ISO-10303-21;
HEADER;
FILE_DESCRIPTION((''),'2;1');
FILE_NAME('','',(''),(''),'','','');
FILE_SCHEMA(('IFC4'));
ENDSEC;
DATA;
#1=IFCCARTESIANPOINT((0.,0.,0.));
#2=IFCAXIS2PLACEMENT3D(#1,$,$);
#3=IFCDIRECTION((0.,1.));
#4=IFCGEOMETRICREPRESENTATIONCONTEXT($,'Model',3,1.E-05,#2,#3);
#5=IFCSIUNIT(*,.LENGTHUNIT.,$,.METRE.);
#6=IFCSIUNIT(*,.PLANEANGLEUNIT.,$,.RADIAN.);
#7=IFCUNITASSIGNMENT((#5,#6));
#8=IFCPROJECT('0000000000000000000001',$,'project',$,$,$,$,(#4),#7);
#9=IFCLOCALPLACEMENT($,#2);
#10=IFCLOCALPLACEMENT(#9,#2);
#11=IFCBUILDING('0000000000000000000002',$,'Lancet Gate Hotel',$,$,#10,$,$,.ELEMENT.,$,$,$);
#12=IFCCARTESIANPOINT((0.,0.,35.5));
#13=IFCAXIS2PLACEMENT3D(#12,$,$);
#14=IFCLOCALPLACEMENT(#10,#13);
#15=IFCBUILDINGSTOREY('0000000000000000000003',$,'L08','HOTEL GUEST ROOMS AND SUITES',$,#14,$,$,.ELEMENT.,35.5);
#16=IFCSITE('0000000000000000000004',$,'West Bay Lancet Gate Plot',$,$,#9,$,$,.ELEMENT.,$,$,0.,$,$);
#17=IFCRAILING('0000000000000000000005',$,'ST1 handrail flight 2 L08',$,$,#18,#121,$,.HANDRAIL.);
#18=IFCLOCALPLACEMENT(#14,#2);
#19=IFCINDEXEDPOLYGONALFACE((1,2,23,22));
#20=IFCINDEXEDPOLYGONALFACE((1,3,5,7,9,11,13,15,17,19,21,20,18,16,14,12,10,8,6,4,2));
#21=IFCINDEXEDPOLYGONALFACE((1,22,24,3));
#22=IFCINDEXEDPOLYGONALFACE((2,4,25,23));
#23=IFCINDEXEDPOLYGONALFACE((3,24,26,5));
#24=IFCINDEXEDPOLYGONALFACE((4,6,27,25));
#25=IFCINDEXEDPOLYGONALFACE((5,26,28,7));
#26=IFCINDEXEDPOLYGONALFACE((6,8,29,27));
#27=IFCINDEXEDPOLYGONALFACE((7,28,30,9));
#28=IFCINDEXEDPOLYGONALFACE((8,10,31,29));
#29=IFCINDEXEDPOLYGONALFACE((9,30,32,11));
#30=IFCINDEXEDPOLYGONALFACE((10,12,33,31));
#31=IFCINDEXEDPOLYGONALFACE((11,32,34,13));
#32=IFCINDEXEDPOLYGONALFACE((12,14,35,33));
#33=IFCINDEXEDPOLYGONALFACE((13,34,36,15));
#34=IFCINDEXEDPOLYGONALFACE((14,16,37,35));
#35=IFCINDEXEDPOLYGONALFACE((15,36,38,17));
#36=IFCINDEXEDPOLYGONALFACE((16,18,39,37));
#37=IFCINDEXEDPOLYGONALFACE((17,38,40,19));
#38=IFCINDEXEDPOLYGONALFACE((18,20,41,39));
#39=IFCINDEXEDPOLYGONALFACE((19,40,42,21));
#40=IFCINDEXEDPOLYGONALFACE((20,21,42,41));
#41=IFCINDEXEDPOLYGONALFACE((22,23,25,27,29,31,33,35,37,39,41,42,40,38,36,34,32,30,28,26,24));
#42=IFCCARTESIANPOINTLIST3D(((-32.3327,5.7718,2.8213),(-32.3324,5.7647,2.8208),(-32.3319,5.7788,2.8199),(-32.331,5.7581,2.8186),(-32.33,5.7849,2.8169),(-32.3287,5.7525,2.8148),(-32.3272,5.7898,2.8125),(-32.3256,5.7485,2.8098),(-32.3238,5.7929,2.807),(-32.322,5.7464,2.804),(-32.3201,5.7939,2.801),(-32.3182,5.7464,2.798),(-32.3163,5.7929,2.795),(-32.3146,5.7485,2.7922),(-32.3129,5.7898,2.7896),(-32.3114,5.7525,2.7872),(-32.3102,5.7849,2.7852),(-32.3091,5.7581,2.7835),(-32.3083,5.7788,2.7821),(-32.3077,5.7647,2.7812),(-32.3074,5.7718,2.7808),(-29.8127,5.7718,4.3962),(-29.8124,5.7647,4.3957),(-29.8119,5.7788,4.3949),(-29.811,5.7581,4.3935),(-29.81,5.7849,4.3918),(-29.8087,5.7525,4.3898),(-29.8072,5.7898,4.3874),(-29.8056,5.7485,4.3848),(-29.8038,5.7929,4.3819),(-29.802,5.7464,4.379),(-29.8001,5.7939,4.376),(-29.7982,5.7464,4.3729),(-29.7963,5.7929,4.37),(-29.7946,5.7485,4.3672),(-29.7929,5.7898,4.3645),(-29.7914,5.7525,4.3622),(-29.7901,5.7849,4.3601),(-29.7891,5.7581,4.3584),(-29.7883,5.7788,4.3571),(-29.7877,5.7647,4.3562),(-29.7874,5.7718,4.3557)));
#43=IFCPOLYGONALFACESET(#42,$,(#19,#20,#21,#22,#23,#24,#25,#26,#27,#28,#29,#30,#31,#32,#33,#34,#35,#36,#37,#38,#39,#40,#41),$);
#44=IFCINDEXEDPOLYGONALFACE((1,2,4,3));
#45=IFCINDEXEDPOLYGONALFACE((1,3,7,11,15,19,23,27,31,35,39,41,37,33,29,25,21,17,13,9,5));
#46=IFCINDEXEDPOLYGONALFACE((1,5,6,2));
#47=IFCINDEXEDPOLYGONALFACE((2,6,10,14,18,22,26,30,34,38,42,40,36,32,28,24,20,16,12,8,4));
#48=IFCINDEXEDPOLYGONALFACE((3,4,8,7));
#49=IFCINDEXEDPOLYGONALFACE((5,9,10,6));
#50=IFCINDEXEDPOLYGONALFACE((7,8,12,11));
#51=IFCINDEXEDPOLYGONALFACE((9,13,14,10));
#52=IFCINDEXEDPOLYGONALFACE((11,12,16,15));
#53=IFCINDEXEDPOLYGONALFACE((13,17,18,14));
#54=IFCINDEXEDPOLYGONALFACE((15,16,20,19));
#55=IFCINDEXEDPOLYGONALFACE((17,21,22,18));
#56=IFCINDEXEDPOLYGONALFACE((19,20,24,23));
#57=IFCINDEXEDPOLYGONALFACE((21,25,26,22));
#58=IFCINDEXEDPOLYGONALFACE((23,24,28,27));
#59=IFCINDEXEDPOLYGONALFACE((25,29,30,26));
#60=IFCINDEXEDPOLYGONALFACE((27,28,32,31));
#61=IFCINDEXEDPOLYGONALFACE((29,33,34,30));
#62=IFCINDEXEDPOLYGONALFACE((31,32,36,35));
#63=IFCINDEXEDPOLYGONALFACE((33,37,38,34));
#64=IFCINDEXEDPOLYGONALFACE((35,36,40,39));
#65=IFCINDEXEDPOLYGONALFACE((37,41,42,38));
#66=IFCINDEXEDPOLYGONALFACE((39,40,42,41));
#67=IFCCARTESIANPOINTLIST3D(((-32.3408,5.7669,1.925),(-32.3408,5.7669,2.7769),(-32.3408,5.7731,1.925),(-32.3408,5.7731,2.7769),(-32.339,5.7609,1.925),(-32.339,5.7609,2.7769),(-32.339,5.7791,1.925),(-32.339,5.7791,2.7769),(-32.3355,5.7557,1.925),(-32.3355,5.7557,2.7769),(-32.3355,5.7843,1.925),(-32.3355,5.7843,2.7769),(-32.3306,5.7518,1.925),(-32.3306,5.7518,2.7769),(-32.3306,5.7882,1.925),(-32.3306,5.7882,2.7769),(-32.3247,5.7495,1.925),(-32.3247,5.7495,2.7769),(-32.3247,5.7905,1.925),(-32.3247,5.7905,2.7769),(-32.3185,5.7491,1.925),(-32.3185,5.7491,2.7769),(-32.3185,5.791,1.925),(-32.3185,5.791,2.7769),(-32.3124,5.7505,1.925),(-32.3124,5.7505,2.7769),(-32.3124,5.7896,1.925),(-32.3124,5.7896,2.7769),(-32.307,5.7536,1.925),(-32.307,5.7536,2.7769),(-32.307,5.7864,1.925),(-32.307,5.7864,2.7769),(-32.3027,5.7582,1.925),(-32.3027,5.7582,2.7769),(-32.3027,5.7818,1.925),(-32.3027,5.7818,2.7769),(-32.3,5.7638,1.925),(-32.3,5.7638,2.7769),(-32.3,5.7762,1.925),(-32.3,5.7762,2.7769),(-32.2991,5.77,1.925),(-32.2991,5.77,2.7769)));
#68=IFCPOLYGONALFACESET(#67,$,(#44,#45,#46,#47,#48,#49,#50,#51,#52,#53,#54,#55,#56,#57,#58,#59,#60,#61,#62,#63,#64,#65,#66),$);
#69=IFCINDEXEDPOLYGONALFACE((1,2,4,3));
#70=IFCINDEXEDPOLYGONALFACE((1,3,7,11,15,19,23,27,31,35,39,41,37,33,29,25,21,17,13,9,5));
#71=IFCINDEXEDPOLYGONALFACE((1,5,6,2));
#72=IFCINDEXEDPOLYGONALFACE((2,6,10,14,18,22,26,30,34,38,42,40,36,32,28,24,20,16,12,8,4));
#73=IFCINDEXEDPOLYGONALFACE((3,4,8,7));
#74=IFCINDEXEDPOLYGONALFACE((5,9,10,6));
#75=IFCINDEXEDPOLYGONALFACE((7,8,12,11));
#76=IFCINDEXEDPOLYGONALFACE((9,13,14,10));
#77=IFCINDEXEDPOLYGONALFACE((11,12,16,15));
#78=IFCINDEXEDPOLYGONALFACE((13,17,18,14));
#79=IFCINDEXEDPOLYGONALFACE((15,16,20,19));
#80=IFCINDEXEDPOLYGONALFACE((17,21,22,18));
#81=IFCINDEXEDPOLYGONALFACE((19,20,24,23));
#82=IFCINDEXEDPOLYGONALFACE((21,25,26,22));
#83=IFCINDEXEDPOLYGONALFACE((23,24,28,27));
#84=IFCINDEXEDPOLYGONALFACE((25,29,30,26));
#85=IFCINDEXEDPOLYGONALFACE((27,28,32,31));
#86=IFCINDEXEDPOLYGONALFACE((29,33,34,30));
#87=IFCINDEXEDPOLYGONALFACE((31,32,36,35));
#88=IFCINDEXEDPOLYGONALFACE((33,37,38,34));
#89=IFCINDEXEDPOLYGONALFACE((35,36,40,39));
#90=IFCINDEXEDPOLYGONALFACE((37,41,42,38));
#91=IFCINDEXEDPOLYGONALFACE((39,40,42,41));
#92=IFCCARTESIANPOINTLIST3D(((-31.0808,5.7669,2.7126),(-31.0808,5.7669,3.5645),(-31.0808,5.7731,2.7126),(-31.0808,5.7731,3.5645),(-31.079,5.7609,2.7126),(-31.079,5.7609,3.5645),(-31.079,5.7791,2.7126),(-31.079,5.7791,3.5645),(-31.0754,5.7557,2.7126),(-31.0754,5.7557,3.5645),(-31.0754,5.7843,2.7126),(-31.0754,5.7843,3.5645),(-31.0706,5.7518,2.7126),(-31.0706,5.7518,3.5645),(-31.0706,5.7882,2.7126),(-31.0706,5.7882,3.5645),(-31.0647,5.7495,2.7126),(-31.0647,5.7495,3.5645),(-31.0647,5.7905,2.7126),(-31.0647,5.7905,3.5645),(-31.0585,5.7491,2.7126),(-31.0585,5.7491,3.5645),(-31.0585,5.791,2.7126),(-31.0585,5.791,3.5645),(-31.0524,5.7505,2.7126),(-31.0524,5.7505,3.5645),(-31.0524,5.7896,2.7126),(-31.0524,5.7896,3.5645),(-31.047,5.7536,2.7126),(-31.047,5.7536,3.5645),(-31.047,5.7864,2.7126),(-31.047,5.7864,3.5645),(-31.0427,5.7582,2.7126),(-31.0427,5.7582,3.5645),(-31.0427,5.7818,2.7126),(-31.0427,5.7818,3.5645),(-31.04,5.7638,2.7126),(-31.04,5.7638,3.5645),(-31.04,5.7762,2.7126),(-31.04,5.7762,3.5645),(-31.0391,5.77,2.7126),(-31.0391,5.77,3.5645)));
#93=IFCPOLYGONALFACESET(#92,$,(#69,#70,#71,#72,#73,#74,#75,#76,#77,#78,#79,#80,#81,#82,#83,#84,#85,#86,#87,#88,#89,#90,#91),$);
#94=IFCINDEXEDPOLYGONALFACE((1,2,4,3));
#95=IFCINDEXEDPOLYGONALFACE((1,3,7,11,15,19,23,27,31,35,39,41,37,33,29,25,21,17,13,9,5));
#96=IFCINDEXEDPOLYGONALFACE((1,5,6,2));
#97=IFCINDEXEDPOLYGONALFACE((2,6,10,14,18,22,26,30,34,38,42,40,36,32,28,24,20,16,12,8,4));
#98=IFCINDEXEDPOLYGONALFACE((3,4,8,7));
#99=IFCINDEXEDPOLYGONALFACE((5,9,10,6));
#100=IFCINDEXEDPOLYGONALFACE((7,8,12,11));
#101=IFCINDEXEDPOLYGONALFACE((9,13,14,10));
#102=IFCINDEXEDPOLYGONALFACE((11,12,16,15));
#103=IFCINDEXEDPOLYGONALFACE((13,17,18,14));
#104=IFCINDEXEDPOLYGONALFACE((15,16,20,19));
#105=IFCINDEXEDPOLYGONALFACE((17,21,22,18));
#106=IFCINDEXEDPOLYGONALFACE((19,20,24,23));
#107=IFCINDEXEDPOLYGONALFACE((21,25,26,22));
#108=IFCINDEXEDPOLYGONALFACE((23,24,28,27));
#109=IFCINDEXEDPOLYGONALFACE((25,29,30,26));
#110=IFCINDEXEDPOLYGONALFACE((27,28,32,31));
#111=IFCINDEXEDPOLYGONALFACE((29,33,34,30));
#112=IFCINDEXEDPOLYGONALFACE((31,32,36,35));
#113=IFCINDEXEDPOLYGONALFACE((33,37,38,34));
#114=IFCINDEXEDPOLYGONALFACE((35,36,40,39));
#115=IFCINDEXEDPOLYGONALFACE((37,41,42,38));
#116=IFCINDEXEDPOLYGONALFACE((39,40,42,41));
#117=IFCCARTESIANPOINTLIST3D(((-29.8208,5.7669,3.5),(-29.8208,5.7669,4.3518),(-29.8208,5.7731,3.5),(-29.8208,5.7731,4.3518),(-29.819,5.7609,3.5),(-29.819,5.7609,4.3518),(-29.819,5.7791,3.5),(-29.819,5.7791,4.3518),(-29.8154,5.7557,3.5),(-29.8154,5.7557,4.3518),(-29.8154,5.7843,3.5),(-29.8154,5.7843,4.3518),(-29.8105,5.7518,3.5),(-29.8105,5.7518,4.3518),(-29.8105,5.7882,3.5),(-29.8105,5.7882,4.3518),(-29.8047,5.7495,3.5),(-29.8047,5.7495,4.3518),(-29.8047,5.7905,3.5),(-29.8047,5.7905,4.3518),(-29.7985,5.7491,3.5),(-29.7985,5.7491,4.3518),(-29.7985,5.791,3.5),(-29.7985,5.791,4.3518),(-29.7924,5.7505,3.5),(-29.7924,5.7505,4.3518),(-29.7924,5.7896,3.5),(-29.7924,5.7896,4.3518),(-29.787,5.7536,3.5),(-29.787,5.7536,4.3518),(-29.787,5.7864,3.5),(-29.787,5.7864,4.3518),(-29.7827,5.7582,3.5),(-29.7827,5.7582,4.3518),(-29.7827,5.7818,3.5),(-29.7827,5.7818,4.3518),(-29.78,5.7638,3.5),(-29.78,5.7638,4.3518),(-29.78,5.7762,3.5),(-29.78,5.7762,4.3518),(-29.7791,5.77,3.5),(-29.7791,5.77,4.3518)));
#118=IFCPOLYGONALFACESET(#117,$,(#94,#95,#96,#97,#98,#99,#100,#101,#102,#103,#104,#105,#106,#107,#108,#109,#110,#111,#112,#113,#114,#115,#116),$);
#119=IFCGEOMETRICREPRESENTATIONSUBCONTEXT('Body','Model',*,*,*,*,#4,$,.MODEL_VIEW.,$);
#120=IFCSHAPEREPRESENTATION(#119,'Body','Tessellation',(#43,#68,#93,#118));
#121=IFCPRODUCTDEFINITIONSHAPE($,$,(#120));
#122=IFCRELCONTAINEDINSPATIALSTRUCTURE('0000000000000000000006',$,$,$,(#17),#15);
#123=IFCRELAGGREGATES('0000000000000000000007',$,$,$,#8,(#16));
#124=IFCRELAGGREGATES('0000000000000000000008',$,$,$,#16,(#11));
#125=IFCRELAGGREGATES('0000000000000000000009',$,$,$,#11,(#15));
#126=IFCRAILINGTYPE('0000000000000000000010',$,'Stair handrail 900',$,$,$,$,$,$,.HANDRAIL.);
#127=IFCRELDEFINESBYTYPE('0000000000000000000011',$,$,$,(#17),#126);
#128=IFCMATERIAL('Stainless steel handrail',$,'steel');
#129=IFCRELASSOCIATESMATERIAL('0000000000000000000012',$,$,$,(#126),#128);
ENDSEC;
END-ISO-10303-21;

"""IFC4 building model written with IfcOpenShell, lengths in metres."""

from ifc_helpers import new_model, si_unit, direction, frame, origin, origin_2d, place, context, subcontext, project, spatial, circle, extrude, material, type_object, element, save


model = new_model("IFC4")

# Units and contexts
model_context = context("Model", 3, precision=1e-05, world=origin(), true_north=direction((0.0, 1.0)))
body_context = subcontext(model_context, "Body", "Model", "MODEL_VIEW")
ifc_project = project(units=[si_unit("LENGTHUNIT", "METRE"), si_unit("PLANEANGLEUNIT", "RADIAN")], contexts=[model_context])

# Site, building, storey
site_placement = place(None, origin())
site = spatial("IfcSite", under=ifc_project, at=site_placement, Name="West Bay Lancet Gate Plot", CompositionType="ELEMENT", RefElevation=0.0)
building_placement = place(site_placement, origin())
building = spatial("IfcBuilding", under=site, at=building_placement, Name="Lancet Gate Hotel", CompositionType="ELEMENT")
storey_placement = place(building_placement, frame((0.0, 0.0, 35.5)))
storey = spatial("IfcBuildingStorey", under=building, at=storey_placement, Name="L08", Description="HOTEL GUEST ROOMS AND SUITES", CompositionType="ELEMENT", Elevation=35.5)

# Railing
ifc_material_1 = material(Name="Stainless steel handrail", Category="steel")
railing_type = type_object("IfcRailingType", Name="Stair handrail 900", PredefinedType="HANDRAIL", material=ifc_material_1)
railing_1_placement = place(storey_placement, frame((-32.3201, 5.77, 1.925)))
element("IfcRailing", 1, at=railing_1_placement, inside=storey, type_object=railing_type, Name="ST1 handrail flight 2 L08", PredefinedType="HANDRAIL", context=body_context, shape_type="SweptSolid", body=[
    extrude(circle(Radius=0.0239, at=origin_2d()), frame((0.0, 0.0, 0.876), z_axis=(0.848008, 0.0, 0.529984), x_axis=(0.0, 1.0, 0.0)), (0.0, 0.0, 1.0), 2.9717),
    extrude(circle(Radius=0.021, at=origin_2d()), origin(), (0.0, 0.0, 1.0), 0.8518),
    extrude(circle(Radius=0.021, at=origin_2d()), frame((1.26, 0.0, 0.7876)), (0.0, 0.0, 1.0), 0.8518),
    extrude(circle(Radius=0.021, at=origin_2d()), frame((2.52, 0.0, 1.575)), (0.0, 0.0, 1.0), 0.8518),
])

save(model, "model.ifc")
